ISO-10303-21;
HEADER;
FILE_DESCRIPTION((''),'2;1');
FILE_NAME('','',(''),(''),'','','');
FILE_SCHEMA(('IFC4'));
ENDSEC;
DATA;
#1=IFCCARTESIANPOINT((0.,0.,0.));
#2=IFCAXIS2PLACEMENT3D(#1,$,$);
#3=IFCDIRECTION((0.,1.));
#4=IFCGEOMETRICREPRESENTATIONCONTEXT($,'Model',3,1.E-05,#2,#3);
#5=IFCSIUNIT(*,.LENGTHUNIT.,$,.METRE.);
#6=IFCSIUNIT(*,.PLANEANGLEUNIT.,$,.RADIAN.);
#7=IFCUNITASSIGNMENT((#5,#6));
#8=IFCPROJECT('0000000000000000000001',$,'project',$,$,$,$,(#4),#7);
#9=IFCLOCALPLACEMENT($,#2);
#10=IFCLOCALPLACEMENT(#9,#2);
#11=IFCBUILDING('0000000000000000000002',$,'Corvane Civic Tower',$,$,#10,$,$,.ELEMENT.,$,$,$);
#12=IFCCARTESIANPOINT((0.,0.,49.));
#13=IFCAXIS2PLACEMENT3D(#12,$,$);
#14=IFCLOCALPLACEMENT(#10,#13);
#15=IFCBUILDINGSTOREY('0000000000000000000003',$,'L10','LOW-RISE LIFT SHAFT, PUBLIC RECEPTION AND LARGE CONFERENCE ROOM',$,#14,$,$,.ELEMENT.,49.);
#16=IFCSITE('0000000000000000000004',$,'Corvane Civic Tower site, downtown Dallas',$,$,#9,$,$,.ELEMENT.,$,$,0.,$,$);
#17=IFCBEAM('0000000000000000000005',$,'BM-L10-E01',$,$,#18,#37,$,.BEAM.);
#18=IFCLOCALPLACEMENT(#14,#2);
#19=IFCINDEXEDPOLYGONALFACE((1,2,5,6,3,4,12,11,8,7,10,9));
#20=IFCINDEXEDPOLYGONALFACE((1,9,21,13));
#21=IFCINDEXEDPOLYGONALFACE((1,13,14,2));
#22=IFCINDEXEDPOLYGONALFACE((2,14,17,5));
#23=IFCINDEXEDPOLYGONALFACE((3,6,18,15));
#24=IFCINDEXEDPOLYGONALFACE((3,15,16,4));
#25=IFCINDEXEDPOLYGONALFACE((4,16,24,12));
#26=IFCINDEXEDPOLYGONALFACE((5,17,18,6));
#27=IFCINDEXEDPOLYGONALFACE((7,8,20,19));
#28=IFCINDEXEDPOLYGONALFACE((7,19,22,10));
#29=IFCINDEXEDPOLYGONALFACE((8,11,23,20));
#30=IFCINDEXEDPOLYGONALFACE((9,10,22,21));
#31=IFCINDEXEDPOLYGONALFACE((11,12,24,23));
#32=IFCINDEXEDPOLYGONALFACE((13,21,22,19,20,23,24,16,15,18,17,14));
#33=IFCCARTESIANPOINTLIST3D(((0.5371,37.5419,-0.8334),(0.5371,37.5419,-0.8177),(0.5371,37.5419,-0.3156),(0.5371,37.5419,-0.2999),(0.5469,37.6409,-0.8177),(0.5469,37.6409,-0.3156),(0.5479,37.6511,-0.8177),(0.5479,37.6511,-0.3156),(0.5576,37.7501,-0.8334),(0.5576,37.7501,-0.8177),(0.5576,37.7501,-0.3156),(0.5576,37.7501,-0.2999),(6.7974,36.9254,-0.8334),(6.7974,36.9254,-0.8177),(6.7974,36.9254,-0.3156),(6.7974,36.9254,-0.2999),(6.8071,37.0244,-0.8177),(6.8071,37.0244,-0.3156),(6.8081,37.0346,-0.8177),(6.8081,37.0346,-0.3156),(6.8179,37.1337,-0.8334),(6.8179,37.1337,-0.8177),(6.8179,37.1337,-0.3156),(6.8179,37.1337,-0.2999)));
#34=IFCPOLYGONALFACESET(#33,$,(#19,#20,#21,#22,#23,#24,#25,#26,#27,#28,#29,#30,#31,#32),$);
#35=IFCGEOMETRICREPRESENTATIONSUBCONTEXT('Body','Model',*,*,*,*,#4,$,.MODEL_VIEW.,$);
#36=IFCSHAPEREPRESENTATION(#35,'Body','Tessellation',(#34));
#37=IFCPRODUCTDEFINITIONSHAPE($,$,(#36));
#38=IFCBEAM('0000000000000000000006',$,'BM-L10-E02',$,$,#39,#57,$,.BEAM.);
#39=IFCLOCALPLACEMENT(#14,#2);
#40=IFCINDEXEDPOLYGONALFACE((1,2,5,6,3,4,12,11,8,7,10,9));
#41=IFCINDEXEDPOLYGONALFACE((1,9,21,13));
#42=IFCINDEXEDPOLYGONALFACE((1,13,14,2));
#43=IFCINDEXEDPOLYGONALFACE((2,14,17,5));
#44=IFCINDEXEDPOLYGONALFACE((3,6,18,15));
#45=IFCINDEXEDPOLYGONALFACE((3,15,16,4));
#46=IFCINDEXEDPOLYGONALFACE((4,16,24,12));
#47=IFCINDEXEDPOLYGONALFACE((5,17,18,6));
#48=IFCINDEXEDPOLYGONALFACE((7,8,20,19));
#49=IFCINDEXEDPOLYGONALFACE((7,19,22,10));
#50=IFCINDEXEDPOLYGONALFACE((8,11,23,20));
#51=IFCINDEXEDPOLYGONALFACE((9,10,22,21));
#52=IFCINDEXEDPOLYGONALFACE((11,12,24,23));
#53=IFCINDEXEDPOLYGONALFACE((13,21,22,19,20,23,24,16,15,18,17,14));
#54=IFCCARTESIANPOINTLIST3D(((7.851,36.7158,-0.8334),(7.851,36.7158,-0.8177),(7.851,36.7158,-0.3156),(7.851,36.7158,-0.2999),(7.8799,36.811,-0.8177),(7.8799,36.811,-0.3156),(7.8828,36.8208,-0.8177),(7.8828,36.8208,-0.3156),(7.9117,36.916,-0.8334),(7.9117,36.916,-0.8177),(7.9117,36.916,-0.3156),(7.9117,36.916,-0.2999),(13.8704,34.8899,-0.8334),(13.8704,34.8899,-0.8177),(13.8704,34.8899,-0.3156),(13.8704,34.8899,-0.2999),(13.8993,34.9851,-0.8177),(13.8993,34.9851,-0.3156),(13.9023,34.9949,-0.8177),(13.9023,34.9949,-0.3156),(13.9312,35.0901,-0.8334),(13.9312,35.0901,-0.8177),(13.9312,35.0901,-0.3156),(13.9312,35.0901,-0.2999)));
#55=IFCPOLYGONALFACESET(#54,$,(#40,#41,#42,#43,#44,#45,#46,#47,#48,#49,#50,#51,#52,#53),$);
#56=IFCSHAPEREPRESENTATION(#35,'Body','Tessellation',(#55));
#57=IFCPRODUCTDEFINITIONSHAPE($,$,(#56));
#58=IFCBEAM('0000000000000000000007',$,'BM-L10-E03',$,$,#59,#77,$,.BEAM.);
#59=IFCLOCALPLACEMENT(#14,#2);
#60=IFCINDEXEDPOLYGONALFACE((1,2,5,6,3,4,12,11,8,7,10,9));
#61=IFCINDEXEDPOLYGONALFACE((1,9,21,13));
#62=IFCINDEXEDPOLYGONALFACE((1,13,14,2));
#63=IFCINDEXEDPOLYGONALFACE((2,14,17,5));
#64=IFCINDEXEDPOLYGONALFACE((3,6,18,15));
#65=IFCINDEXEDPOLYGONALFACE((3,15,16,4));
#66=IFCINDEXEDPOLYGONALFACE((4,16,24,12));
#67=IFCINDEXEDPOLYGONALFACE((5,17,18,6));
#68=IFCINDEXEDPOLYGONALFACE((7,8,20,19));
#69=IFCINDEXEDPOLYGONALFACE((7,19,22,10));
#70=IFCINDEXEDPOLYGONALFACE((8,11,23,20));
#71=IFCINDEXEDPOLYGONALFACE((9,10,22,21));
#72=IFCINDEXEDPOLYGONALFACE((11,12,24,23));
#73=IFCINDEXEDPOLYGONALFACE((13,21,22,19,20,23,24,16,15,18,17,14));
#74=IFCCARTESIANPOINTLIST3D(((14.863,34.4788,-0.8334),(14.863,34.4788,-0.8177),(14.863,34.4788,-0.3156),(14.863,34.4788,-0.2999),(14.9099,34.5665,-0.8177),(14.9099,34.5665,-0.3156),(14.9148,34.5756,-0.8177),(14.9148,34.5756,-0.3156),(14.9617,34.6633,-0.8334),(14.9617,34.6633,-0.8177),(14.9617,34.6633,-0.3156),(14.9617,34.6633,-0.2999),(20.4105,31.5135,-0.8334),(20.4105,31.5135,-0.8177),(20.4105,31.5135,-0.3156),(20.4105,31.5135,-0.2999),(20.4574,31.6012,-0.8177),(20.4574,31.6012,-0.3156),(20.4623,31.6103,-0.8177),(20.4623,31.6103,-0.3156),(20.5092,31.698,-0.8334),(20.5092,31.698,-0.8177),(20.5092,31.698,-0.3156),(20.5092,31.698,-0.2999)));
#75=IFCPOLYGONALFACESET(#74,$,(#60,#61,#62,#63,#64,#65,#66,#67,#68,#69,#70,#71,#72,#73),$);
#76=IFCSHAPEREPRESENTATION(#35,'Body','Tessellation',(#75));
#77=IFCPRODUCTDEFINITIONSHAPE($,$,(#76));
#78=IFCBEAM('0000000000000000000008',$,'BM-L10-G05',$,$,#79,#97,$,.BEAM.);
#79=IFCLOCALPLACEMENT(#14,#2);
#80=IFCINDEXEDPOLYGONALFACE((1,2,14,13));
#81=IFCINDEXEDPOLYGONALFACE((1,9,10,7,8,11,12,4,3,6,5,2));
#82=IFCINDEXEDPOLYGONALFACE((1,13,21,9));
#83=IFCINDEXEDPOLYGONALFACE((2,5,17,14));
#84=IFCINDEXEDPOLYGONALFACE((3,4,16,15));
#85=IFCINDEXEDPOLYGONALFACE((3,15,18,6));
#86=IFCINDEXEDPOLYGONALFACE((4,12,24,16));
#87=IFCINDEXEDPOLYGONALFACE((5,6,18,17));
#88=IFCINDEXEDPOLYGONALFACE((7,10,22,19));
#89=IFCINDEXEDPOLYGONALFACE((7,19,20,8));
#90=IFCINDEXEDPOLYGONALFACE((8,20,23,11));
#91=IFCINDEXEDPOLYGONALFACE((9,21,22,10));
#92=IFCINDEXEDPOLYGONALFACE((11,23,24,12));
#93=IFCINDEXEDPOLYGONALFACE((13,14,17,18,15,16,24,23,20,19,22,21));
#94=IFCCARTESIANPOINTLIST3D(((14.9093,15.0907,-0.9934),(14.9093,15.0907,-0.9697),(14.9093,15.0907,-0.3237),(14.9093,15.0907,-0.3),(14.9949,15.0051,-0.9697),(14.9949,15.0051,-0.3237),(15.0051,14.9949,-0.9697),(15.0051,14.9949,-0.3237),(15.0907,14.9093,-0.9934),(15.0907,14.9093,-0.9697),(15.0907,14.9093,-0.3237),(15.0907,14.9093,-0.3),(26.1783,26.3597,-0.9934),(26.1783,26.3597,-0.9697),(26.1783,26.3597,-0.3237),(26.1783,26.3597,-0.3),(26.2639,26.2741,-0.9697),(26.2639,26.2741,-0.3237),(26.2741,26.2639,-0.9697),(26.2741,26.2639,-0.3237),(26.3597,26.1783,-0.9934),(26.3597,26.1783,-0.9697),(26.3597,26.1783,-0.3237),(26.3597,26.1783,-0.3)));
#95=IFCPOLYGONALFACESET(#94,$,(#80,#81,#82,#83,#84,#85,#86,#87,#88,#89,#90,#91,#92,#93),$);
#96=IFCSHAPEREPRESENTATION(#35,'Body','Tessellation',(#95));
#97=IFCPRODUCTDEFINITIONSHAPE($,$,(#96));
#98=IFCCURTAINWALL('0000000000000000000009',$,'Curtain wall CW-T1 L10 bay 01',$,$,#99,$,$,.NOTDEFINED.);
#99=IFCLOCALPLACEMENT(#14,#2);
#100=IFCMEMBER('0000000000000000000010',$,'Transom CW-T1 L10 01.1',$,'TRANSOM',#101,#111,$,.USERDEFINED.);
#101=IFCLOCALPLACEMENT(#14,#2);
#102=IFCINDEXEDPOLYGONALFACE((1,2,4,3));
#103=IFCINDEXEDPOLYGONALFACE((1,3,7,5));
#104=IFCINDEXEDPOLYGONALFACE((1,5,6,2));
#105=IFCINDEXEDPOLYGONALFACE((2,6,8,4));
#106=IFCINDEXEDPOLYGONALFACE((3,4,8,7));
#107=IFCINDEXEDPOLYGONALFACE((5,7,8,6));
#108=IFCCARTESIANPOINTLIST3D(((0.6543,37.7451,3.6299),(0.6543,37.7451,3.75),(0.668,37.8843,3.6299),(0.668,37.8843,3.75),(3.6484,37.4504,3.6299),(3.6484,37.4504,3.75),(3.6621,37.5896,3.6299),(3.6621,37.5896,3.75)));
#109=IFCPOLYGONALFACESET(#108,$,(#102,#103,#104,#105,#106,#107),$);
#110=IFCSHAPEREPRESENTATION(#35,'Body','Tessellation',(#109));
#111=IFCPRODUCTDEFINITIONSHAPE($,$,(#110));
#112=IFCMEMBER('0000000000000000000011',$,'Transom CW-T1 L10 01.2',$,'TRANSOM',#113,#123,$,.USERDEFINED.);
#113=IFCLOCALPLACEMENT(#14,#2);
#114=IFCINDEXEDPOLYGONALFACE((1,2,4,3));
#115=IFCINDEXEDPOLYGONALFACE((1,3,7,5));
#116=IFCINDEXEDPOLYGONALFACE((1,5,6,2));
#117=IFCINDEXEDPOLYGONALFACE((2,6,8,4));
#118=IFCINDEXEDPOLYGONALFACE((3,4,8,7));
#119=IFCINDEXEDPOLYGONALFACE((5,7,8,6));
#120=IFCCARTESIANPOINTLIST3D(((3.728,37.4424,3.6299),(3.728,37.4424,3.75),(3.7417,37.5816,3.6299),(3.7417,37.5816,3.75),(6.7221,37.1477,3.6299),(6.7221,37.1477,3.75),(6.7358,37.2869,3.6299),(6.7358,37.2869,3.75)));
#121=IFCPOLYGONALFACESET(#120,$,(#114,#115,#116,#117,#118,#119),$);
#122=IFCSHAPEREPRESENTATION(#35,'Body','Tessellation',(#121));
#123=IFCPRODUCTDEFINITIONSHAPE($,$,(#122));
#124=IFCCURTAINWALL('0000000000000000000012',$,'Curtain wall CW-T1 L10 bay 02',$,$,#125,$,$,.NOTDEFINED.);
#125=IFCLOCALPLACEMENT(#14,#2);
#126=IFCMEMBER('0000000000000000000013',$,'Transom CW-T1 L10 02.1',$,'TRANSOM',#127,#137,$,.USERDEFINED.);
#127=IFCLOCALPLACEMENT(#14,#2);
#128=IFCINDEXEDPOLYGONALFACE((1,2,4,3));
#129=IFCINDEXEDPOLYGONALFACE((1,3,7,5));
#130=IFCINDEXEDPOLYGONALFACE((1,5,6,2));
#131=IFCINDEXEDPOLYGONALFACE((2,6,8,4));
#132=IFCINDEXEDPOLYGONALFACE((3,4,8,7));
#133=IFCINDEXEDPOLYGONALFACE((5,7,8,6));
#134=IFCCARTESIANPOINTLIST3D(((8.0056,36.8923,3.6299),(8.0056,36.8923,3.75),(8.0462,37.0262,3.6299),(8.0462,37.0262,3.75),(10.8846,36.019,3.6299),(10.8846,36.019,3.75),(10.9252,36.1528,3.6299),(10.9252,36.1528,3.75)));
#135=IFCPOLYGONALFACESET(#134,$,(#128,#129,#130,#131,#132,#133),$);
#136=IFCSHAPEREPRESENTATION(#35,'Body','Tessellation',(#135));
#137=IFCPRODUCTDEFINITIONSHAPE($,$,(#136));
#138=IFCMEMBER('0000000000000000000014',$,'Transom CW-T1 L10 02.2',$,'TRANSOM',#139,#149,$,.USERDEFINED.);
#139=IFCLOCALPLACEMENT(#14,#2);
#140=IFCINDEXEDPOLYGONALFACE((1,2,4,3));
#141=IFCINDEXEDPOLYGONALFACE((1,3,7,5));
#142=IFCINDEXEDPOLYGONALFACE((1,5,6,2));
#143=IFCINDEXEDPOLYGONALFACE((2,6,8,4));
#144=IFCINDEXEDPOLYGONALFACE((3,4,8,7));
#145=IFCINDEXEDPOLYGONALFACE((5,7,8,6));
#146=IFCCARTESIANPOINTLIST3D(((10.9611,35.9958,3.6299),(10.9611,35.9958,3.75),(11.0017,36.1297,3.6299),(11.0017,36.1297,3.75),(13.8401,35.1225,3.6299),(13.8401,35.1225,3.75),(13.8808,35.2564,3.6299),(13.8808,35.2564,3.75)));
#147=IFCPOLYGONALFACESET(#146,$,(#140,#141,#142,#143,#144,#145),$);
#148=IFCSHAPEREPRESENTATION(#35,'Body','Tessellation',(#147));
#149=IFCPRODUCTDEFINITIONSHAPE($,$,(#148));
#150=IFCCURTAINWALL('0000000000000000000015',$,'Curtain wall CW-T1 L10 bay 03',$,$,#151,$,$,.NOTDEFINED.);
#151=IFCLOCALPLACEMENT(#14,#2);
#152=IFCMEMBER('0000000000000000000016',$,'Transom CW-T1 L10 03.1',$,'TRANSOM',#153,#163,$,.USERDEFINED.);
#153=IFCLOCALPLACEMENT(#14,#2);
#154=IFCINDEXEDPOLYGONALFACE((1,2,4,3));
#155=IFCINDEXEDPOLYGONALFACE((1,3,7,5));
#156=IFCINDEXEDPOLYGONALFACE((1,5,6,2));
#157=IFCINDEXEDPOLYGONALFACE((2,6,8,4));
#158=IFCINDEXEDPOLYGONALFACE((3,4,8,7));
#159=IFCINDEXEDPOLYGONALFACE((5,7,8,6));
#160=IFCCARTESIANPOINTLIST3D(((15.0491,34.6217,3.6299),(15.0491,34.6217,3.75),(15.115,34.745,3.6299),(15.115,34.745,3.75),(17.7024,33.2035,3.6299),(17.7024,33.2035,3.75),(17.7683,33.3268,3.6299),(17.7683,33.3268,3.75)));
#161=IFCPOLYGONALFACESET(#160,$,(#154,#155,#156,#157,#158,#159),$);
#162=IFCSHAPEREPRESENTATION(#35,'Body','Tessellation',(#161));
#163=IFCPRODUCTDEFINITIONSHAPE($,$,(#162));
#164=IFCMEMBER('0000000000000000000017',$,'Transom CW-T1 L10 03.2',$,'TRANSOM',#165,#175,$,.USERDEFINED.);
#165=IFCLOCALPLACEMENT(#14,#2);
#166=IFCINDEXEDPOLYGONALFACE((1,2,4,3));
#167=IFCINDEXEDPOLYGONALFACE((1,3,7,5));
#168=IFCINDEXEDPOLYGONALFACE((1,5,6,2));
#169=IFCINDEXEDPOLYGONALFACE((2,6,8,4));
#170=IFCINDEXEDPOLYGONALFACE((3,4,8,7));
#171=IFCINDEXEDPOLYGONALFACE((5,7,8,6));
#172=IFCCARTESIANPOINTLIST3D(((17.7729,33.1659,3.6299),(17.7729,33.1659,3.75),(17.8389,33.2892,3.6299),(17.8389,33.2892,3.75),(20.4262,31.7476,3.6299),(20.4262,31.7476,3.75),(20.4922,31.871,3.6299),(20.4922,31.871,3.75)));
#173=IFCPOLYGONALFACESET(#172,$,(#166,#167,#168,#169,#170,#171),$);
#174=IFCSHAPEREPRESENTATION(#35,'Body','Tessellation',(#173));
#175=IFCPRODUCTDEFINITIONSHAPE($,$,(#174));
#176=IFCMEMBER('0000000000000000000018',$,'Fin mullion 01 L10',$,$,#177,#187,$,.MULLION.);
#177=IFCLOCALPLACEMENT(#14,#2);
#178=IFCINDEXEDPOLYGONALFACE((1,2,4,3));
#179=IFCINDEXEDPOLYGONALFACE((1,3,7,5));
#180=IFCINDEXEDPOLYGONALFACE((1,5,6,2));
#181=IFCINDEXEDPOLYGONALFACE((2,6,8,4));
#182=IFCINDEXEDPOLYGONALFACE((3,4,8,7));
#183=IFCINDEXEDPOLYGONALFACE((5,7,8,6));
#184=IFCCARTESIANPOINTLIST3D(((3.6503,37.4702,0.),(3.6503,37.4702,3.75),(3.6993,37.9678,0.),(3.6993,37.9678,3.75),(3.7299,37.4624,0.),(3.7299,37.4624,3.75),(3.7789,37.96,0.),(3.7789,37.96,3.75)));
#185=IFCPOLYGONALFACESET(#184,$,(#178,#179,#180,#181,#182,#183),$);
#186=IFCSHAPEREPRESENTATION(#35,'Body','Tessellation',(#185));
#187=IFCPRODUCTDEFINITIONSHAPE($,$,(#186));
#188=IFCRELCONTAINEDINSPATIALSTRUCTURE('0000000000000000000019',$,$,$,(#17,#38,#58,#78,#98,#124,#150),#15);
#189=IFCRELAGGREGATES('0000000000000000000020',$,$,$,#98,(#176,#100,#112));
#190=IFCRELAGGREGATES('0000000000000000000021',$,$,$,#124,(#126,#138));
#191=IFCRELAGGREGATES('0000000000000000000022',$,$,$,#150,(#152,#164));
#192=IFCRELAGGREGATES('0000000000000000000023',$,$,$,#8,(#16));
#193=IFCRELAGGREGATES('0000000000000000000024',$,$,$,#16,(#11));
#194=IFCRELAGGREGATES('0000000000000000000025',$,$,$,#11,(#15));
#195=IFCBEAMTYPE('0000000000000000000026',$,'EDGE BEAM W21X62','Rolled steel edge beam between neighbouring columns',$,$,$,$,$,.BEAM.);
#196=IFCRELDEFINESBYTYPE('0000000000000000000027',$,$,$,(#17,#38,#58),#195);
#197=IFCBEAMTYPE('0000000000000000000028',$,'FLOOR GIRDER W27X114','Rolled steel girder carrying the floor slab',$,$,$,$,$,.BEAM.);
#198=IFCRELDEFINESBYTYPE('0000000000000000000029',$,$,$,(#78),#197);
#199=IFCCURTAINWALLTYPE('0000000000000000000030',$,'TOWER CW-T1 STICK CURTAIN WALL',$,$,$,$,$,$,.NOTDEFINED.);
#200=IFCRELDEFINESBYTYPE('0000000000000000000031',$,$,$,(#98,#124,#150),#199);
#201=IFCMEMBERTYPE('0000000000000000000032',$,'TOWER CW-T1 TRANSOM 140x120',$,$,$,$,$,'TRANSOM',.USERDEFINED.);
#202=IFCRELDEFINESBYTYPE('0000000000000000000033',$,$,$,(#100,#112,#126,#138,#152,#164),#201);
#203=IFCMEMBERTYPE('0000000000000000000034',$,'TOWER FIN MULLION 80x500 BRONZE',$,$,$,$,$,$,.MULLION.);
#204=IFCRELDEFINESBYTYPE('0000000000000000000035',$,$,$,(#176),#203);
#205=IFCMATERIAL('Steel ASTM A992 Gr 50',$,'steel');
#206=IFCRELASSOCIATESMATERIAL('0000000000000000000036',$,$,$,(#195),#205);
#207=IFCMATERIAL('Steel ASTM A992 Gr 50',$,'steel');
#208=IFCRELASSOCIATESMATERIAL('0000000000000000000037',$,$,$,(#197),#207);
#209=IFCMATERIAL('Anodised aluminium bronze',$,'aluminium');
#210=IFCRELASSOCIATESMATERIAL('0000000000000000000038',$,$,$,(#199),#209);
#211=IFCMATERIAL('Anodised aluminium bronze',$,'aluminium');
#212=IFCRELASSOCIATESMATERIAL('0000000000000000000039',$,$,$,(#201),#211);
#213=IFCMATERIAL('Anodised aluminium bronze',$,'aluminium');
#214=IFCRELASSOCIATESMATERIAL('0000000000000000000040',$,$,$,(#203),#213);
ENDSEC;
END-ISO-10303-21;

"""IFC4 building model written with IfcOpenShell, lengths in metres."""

from ifc_helpers import new_model, si_unit, direction, frame, origin, origin_2d, place, context, subcontext, project, spatial, rectangle, i_section, extrude, material, material_profile, profile_set, type_object, element, aggregate, save


model = new_model("IFC4")

# Units and contexts
model_context = context("Model", 3, precision=1e-05, world=origin(), true_north=direction((0.0, 1.0)))
body_context = subcontext(model_context, "Body", "Model", "MODEL_VIEW")
ifc_project = project(units=[si_unit("LENGTHUNIT", "METRE"), si_unit("PLANEANGLEUNIT", "RADIAN")], contexts=[model_context])

# Site, building, storey
site_placement = place(None, origin())
site = spatial("IfcSite", under=ifc_project, at=site_placement, Name="Corvane Civic Tower site, downtown Dallas", CompositionType="ELEMENT", RefElevation=0.0)
building_placement = place(site_placement, origin())
building = spatial("IfcBuilding", under=site, at=building_placement, Name="Corvane Civic Tower", CompositionType="ELEMENT")
storey_placement = place(building_placement, frame((0.0, 0.0, 49.0)))
storey = spatial("IfcBuildingStorey", under=building, at=storey_placement, Name="L10", Description="LOW-RISE LIFT SHAFT, PUBLIC RECEPTION AND LARGE CONFERENCE ROOM", CompositionType="ELEMENT", Elevation=49.0)

# Beams
ifc_material_1 = material(Name="Steel ASTM A992 Gr 50", Category="steel")
ifc_material_profile_1 = material_profile(ifc_material_1, i_section(OverallWidth=0.2092, OverallDepth=0.5334, WebThickness=0.0103, FlangeThickness=0.0156, at=origin_2d()), Name="W21X62")
ifc_profile_set_1 = profile_set([ifc_material_profile_1], Name="Steel ASTM A992 Gr 50")
beam_type_1 = type_object("IfcBeamType", Name="EDGE BEAM W21X62", Description="Rolled steel edge beam between neighbouring columns", PredefinedType="BEAM", material=ifc_profile_set_1)
beam_1_placement = place(storey_placement, frame((0.5474, 37.646, -0.5667), z_axis=(0.995187, -0.097997, 0.0), x_axis=(0.097997, 0.995187, 0.0)))
element("IfcBeam", 1, at=beam_1_placement, inside=storey, type_object=beam_type_1, Name="BM-L10-E01", PredefinedType="BEAM", context=body_context, shape_type="SweptSolid", body=[
    extrude(i_section(OverallWidth=0.2092, OverallDepth=0.5334, WebThickness=0.0103, FlangeThickness=0.0156, at=origin_2d()), origin(), (0.0, 0.0, 1.0), 6.2905),
])
for number, where, z_axis, x_axis, name in (
    (2, (7.8813, 36.8159, -0.5667), (0.956944, -0.290273, 0.0), (0.290273, 0.956944, 0.0), "BM-L10-E02"),
    (3, (14.9124, 34.571, -0.5667), (0.881916, -0.471406, 0.0), (0.471406, 0.881916, 0.0), "BM-L10-E03"),
):
    element("IfcBeam", number, at=place(storey_placement, frame(where, z_axis=z_axis, x_axis=x_axis)), inside=storey, type_object=beam_type_1, Name=name, PredefinedType="BEAM", context=body_context, shape_type="SweptSolid", body=[
        extrude(i_section(OverallWidth=0.2092, OverallDepth=0.5334, WebThickness=0.0103, FlangeThickness=0.0156, at=origin_2d()), origin(), (0.0, 0.0, 1.0), 6.2903),
    ])
ifc_material_2 = material(Name="Steel ASTM A992 Gr 50", Category="steel")
ifc_material_profile_2 = material_profile(ifc_material_2, i_section(OverallWidth=0.2566, OverallDepth=0.6934, WebThickness=0.0144, FlangeThickness=0.0237, at=origin_2d()), Name="W27X114")
ifc_profile_set_2 = profile_set([ifc_material_profile_2], Name="Steel ASTM A992 Gr 50")
beam_type_2 = type_object("IfcBeamType", Name="FLOOR GIRDER W27X114", Description="Rolled steel girder carrying the floor slab", PredefinedType="BEAM", material=ifc_profile_set_2)
beam_2_placement = place(storey_placement, frame((15.0, 15.0, -0.6467), z_axis=(0.707107, 0.707107, 0.0), x_axis=(-0.707107, 0.707107, 0.0)))
element("IfcBeam", 4, at=beam_2_placement, inside=storey, type_object=beam_type_2, Name="BM-L10-G05", PredefinedType="BEAM", context=body_context, shape_type="SweptSolid", body=[
    extrude(i_section(OverallWidth=0.2566, OverallDepth=0.6934, WebThickness=0.0144, FlangeThickness=0.0237, at=origin_2d()), origin(), (0.0, 0.0, 1.0), 15.9368),
])

# Curtain walls, members
ifc_material_3 = material(Name="Anodised aluminium bronze", Category="aluminium")
curtain_wall_type = type_object("IfcCurtainWallType", Name="TOWER CW-T1 STICK CURTAIN WALL", PredefinedType="NOTDEFINED", material=ifc_material_3)
curtain_wall_1_placement = place(storey_placement, origin())
curtain_wall_1 = element("IfcCurtainWall", 5, at=curtain_wall_1_placement, inside=storey, type_object=curtain_wall_type, Name="Curtain wall CW-T1 L10 bay 01", PredefinedType="NOTDEFINED")
ifc_material_4 = material(Name="Anodised aluminium bronze", Category="aluminium")
ifc_material_profile_3 = material_profile(ifc_material_4, rectangle(XDim=0.1399, YDim=0.1201, at=origin_2d()), Name="TOWER CW-T1 TRANSOM 140x120")
ifc_profile_set_3 = profile_set([ifc_material_profile_3], Name="Anodised aluminium bronze")
member_type_1 = type_object("IfcMemberType", Name="TOWER CW-T1 TRANSOM 140x120", ElementType="TRANSOM", PredefinedType="USERDEFINED", material=ifc_profile_set_3)
member_1_placement = place(storey_placement, frame((0.6611, 37.8147, 3.6899), z_axis=(0.995192, -0.097945, 0.0), x_axis=(0.097945, 0.995192, 0.0)))
member_1 = element("IfcMember", 6, at=member_1_placement, type_object=member_type_1, Name="Transom CW-T1 L10 01.1", ObjectType="TRANSOM", PredefinedType="USERDEFINED", context=body_context, shape_type="SweptSolid", body=[
    extrude(rectangle(XDim=0.1399, YDim=0.1201, at=origin_2d()), origin(), (0.0, 0.0, 1.0), 3.0085),
])
member_2_placement = place(storey_placement, frame((3.7349, 37.512, 3.6899), z_axis=(0.995192, -0.097945, 0.0), x_axis=(0.097945, 0.995192, 0.0)))
member_2 = element("IfcMember", 7, at=member_2_placement, type_object=member_type_1, Name="Transom CW-T1 L10 01.2", ObjectType="TRANSOM", PredefinedType="USERDEFINED", context=body_context, shape_type="SweptSolid", body=[
    extrude(rectangle(XDim=0.1399, YDim=0.1201, at=origin_2d()), origin(), (0.0, 0.0, 1.0), 3.0085),
])
curtain_wall_2_placement = place(storey_placement, origin())
curtain_wall_2 = element("IfcCurtainWall", 8, at=curtain_wall_2_placement, inside=storey, type_object=curtain_wall_type, Name="Curtain wall CW-T1 L10 bay 02", PredefinedType="NOTDEFINED")
member_3_placement = place(storey_placement, frame((8.0259, 36.9592, 3.6899), z_axis=(0.956942, -0.29028, 0.0), x_axis=(0.29028, 0.956942, 0.0)))
member_3 = element("IfcMember", 9, at=member_3_placement, type_object=member_type_1, Name="Transom CW-T1 L10 02.1", ObjectType="TRANSOM", PredefinedType="USERDEFINED", context=body_context, shape_type="SweptSolid", body=[
    extrude(rectangle(XDim=0.1399, YDim=0.1201, at=origin_2d()), origin(), (0.0, 0.0, 1.0), 3.0085),
])
member_4_placement = place(storey_placement, frame((10.9814, 36.0627, 3.6899), z_axis=(0.956942, -0.29028, 0.0), x_axis=(0.29028, 0.956942, 0.0)))
member_4 = element("IfcMember", 10, at=member_4_placement, type_object=member_type_1, Name="Transom CW-T1 L10 02.2", ObjectType="TRANSOM", PredefinedType="USERDEFINED", context=body_context, shape_type="SweptSolid", body=[
    extrude(rectangle(XDim=0.1399, YDim=0.1201, at=origin_2d()), origin(), (0.0, 0.0, 1.0), 3.0085),
])
curtain_wall_3_placement = place(storey_placement, origin())
curtain_wall_3 = element("IfcCurtainWall", 11, at=curtain_wall_3_placement, inside=storey, type_object=curtain_wall_type, Name="Curtain wall CW-T1 L10 bay 03", PredefinedType="NOTDEFINED")
member_5_placement = place(storey_placement, frame((15.082, 34.6833, 3.6899), z_axis=(0.881924, -0.471393, 0.0), x_axis=(0.471393, 0.881924, 0.0)))
member_5 = element("IfcMember", 12, at=member_5_placement, type_object=member_type_1, Name="Transom CW-T1 L10 03.1", ObjectType="TRANSOM", PredefinedType="USERDEFINED", context=body_context, shape_type="SweptSolid", body=[
    extrude(rectangle(XDim=0.1399, YDim=0.1201, at=origin_2d()), origin(), (0.0, 0.0, 1.0), 3.0085),
])
member_6_placement = place(storey_placement, frame((17.8059, 33.2275, 3.6899), z_axis=(0.881924, -0.471393, 0.0), x_axis=(0.471393, 0.881924, 0.0)))
member_6 = element("IfcMember", 13, at=member_6_placement, type_object=member_type_1, Name="Transom CW-T1 L10 03.2", ObjectType="TRANSOM", PredefinedType="USERDEFINED", context=body_context, shape_type="SweptSolid", body=[
    extrude(rectangle(XDim=0.1399, YDim=0.1201, at=origin_2d()), origin(), (0.0, 0.0, 1.0), 3.0085),
])

# Member
ifc_material_5 = material(Name="Anodised aluminium bronze", Category="aluminium")
ifc_material_profile_4 = material_profile(ifc_material_5, rectangle(XDim=0.0801, YDim=0.5, at=origin_2d()), Name="TOWER FIN MULLION 80x500 BRONZE")
ifc_profile_set_4 = profile_set([ifc_material_profile_4], Name="Anodised aluminium bronze")
member_type_2 = type_object("IfcMemberType", Name="TOWER FIN MULLION 80x500 BRONZE", PredefinedType="MULLION", material=ifc_profile_set_4)
member_7_placement = place(storey_placement, frame((3.7146, 37.7151, 0.0), z_axis=(0.0, 0.0, 1.0), x_axis=(0.995186, -0.098006, 0.0)))
member_7 = element("IfcMember", 14, at=member_7_placement, type_object=member_type_2, Name="Fin mullion 01 L10", PredefinedType="MULLION", context=body_context, shape_type="SweptSolid", body=[
    extrude(rectangle(XDim=0.0801, YDim=0.5, at=origin_2d()), origin(), (0.0, 0.0, 1.0), 3.75),
])

aggregate(curtain_wall_1, [member_7, member_1, member_2])
aggregate(curtain_wall_2, [member_3, member_4])
aggregate(curtain_wall_3, [member_5, member_6])

save(model, "model.ifc")
